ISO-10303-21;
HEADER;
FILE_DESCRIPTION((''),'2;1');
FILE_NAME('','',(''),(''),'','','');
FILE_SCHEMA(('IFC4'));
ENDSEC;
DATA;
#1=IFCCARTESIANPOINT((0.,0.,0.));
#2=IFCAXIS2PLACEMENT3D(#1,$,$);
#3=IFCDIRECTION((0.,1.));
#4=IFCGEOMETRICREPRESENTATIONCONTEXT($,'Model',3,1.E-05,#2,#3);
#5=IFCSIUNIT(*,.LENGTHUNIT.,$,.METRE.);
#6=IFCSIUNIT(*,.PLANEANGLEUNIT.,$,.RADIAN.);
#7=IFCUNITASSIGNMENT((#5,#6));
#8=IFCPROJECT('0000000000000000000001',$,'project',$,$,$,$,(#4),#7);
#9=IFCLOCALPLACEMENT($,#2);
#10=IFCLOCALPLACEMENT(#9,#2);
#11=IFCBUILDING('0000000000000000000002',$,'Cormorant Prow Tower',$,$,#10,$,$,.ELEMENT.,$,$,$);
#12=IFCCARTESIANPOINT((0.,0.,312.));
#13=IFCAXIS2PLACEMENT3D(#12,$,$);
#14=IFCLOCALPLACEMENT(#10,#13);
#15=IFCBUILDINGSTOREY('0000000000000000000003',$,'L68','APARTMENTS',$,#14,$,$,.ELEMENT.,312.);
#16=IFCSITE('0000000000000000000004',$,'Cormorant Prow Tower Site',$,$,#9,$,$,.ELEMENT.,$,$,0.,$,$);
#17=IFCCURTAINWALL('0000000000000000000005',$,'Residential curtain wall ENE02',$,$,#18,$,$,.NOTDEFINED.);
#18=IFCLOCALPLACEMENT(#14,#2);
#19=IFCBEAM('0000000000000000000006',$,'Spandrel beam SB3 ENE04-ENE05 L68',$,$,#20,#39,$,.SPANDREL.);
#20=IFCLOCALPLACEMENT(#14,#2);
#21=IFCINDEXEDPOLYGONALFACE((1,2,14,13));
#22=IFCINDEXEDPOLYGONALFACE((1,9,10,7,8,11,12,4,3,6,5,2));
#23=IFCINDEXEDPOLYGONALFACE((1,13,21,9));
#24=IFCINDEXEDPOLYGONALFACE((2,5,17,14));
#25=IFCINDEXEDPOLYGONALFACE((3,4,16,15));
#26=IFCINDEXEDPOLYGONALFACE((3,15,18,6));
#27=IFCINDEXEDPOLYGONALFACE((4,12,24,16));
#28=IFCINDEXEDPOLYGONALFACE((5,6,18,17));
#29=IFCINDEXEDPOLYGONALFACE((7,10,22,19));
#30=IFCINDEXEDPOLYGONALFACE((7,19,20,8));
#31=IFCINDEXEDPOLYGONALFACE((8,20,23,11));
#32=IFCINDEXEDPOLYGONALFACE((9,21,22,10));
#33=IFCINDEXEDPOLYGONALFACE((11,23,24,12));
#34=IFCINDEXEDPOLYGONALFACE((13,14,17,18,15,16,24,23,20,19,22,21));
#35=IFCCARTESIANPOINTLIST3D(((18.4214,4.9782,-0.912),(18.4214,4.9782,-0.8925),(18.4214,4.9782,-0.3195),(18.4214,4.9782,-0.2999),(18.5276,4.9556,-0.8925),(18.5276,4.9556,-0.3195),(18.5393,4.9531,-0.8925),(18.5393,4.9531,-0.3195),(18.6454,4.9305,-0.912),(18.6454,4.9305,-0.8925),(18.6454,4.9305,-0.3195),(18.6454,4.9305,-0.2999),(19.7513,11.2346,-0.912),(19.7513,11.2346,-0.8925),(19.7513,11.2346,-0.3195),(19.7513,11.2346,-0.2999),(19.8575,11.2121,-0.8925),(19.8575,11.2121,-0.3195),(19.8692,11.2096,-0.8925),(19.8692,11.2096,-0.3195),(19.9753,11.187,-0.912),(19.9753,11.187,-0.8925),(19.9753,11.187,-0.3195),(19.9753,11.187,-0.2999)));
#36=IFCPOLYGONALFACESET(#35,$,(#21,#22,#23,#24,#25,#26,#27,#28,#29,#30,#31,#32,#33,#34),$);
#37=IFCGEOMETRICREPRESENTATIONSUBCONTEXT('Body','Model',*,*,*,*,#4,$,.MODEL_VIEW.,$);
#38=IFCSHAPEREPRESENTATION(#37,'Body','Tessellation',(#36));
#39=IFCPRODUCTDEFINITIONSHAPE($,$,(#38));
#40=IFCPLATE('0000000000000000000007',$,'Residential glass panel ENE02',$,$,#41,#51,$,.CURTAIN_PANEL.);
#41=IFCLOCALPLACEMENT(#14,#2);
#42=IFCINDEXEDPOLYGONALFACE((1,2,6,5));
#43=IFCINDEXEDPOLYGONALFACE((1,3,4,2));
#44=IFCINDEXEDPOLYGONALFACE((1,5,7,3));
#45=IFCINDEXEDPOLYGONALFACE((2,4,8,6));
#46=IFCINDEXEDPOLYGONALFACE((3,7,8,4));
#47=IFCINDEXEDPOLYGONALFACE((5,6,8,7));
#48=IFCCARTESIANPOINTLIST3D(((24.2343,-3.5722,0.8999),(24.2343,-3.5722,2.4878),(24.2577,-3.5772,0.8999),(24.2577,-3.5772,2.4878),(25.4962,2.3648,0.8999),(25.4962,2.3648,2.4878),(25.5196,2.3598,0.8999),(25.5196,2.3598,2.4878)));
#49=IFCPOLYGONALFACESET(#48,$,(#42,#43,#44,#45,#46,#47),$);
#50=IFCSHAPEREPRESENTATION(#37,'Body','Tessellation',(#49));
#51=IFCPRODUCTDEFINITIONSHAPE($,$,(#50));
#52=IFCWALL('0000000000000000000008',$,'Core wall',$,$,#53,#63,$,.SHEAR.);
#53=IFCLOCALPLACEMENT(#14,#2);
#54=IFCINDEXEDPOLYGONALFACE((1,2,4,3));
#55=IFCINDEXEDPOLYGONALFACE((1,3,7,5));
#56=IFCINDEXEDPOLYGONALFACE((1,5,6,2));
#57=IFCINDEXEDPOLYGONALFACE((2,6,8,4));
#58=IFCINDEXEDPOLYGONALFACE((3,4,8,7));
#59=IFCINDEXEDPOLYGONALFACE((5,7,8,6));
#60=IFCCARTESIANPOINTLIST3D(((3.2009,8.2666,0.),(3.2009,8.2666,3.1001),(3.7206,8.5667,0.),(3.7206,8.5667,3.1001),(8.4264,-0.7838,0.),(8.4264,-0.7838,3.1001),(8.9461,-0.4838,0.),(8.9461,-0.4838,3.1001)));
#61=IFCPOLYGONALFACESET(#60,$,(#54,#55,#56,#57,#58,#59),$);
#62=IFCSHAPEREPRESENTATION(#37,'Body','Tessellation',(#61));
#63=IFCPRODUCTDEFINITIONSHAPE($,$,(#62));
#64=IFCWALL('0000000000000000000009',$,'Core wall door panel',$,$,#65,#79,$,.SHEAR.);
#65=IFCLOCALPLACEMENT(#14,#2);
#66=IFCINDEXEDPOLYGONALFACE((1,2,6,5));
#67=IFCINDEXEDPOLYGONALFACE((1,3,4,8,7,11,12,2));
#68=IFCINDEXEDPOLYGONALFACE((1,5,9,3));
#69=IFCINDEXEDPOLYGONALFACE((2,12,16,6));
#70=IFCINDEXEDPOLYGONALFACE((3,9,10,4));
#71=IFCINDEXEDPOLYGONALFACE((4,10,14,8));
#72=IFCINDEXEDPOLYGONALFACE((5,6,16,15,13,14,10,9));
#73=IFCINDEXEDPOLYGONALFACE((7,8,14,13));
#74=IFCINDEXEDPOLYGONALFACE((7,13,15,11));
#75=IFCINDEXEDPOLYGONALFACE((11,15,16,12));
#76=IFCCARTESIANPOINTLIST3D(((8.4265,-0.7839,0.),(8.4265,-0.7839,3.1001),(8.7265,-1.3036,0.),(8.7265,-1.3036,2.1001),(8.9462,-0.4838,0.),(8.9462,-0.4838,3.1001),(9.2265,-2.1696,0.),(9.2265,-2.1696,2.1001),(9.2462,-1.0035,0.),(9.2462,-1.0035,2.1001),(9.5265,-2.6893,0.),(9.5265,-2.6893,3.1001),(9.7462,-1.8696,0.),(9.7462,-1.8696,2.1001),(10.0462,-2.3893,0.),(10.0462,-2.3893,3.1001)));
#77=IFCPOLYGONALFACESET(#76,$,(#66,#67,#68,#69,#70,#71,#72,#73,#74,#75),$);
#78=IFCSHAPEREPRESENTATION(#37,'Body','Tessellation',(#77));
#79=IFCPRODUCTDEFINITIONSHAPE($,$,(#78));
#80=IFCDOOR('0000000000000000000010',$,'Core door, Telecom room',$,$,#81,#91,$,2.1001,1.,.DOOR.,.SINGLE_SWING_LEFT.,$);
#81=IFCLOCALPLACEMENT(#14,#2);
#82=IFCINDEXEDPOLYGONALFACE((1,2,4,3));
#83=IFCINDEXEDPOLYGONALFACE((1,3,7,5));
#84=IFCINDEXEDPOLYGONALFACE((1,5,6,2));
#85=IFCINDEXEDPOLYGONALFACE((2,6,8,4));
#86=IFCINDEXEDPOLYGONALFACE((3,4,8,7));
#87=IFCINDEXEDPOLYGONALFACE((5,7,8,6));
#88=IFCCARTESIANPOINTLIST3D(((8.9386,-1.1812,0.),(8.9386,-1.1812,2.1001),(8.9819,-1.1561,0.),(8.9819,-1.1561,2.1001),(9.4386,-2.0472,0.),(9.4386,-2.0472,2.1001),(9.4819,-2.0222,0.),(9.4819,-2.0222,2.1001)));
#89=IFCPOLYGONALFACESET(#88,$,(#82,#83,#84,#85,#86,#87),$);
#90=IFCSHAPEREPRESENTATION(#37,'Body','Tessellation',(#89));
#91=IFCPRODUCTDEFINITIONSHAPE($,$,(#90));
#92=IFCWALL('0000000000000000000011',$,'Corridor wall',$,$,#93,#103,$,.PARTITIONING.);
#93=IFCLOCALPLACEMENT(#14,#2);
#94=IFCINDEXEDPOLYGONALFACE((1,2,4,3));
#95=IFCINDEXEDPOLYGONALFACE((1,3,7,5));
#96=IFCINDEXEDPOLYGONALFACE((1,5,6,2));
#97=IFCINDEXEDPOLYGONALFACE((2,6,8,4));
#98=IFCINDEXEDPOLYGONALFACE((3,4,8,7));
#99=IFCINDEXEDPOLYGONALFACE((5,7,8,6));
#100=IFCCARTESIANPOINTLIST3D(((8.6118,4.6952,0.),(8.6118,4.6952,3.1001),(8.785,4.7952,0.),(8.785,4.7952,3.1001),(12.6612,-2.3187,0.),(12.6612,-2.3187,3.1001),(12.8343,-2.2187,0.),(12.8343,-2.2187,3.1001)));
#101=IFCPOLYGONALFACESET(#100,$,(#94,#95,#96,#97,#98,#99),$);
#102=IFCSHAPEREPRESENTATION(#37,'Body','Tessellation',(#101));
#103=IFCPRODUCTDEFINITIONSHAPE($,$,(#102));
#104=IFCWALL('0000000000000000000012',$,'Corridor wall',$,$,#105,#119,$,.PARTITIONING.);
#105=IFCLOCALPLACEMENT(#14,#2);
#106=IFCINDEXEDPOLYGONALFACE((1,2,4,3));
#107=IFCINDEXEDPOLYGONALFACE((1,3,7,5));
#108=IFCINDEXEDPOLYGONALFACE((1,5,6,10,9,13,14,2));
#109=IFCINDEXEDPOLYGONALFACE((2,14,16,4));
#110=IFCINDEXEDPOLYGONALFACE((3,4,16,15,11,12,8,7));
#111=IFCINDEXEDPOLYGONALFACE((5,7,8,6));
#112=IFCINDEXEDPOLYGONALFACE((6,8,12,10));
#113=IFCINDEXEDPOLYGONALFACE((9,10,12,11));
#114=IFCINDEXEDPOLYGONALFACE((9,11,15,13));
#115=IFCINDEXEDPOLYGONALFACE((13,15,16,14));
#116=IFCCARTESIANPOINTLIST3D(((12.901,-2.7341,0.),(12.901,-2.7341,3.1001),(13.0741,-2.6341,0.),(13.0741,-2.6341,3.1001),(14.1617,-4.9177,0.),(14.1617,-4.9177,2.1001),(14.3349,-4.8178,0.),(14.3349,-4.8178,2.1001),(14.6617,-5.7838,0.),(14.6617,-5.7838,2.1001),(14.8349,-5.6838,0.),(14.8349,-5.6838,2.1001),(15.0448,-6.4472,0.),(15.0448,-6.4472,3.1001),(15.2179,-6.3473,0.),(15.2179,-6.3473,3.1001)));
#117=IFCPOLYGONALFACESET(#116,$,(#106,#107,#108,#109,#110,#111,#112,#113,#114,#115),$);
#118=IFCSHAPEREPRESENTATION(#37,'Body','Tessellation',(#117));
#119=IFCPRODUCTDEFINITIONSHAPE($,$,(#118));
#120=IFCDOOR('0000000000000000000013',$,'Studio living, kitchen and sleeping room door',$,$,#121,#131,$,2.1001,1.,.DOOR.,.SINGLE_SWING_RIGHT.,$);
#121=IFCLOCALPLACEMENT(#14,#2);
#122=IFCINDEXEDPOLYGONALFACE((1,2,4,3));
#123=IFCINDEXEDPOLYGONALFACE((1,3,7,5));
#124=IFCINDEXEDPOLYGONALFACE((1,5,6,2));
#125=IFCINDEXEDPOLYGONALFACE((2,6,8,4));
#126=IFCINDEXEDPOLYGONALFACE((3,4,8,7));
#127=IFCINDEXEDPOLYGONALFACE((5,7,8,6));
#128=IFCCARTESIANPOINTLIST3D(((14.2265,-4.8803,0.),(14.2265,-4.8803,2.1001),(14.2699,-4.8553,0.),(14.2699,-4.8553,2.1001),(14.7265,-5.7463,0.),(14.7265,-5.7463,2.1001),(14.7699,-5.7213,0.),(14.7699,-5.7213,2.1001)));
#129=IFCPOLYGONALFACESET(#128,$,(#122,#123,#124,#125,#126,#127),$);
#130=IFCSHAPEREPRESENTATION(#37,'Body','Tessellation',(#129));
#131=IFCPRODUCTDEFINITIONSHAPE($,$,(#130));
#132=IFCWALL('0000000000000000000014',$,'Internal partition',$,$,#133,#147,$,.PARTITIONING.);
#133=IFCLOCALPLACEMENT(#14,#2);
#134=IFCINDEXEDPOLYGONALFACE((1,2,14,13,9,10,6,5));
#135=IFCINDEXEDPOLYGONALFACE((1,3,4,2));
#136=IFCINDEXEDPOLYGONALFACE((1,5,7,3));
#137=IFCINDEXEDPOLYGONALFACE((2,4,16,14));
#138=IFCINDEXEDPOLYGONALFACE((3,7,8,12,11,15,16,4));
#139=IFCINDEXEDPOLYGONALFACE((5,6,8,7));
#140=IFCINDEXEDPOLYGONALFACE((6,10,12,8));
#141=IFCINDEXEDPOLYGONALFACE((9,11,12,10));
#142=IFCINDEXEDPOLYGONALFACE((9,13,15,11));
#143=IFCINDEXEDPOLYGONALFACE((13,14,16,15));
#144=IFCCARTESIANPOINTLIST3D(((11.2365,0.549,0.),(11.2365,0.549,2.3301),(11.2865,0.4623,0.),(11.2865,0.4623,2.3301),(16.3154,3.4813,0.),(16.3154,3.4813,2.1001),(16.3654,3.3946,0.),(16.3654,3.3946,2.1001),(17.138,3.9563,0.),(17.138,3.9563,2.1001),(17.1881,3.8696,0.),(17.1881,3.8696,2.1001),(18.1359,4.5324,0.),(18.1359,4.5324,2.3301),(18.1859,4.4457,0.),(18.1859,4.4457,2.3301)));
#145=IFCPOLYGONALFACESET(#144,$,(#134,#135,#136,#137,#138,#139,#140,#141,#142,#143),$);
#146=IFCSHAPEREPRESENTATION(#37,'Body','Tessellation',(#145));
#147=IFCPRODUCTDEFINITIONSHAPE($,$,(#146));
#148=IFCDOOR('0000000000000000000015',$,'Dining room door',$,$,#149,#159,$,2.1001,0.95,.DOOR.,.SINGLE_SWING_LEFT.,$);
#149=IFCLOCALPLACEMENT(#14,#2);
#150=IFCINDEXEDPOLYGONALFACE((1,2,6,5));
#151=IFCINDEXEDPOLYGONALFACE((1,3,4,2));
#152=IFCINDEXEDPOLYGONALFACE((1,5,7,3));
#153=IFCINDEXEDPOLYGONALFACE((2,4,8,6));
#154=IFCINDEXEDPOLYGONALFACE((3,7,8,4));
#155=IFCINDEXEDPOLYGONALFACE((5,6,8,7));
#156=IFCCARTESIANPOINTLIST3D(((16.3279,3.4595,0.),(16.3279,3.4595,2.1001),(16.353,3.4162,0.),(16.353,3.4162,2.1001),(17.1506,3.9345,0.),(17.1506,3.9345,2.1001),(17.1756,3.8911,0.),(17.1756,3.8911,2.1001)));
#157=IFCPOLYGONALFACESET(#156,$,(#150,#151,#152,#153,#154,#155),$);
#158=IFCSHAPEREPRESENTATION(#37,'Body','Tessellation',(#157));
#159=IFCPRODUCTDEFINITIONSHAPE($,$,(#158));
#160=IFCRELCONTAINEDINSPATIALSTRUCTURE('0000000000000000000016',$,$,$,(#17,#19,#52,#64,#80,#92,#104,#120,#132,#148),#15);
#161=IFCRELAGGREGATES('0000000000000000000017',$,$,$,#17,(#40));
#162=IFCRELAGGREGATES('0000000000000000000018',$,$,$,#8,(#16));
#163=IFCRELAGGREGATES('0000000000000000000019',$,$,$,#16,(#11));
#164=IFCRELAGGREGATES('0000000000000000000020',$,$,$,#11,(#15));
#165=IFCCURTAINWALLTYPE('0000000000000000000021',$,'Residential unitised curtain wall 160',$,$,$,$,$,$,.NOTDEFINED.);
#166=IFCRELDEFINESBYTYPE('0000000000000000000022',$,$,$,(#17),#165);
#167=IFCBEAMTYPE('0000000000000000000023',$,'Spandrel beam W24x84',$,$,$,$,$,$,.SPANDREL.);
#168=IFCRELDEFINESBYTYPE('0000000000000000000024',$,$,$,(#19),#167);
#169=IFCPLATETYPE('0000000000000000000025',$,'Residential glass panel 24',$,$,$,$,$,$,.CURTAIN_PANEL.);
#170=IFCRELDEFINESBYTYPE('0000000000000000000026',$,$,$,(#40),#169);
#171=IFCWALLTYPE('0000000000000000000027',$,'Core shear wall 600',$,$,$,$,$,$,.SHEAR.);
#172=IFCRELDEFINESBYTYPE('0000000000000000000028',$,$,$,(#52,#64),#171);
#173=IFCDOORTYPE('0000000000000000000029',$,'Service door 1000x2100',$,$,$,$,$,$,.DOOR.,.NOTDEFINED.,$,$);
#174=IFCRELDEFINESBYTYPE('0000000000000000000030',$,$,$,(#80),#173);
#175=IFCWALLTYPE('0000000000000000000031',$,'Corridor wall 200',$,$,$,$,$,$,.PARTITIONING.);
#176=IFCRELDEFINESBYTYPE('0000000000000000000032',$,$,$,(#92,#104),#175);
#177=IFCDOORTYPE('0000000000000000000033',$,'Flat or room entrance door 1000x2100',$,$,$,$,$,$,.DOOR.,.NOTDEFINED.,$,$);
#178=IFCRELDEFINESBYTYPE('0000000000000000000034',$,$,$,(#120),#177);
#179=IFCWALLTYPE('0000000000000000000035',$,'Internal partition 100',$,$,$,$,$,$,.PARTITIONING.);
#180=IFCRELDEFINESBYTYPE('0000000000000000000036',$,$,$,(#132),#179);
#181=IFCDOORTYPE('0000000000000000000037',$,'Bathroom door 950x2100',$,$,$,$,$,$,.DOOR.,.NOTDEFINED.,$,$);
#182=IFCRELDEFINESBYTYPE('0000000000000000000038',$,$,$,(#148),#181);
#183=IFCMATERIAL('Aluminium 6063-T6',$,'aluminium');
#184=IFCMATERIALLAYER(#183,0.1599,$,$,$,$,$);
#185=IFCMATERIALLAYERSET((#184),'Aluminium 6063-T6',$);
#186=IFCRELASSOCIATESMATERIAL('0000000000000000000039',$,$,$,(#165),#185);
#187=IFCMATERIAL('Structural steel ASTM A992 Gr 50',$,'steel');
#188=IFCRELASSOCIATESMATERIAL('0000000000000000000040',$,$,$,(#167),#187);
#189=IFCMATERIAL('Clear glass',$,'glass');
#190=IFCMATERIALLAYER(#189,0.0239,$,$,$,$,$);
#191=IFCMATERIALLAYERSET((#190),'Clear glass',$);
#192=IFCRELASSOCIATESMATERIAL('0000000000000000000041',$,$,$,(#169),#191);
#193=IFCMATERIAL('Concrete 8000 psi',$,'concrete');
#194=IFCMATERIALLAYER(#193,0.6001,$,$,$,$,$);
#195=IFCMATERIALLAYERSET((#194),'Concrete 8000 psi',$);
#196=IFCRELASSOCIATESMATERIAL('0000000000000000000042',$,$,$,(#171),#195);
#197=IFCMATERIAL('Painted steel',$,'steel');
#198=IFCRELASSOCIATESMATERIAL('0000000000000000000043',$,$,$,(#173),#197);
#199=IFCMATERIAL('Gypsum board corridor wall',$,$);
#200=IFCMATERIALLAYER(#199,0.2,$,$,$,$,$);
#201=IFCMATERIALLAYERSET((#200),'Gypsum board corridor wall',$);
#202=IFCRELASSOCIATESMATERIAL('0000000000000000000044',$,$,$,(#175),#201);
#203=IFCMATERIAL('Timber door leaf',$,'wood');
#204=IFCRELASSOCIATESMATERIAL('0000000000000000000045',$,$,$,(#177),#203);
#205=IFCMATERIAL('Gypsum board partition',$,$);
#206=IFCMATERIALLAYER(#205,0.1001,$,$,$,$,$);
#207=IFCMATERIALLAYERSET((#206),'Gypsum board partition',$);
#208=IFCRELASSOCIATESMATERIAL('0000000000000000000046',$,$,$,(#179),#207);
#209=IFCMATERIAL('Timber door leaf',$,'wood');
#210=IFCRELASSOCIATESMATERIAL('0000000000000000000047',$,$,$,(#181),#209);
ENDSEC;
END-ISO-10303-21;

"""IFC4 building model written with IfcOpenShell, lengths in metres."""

from ifc_helpers import new_model, si_unit, direction, frame, frame_2d, origin, origin_2d, place, context, subcontext, project, spatial, rectangle, i_section, extrude, material, layer, layer_set, material_profile, profile_set, type_object, element, fill, aggregate, save


model = new_model("IFC4")

# Units and contexts
model_context = context("Model", 3, precision=1e-05, world=origin(), true_north=direction((0.0, 1.0)))
body_context = subcontext(model_context, "Body", "Model", "MODEL_VIEW")
ifc_project = project(units=[si_unit("LENGTHUNIT", "METRE"), si_unit("PLANEANGLEUNIT", "RADIAN")], contexts=[model_context])

# Site, building, storey
site_placement = place(None, origin())
site = spatial("IfcSite", under=ifc_project, at=site_placement, Name="Cormorant Prow Tower Site", CompositionType="ELEMENT", RefElevation=0.0)
building_placement = place(site_placement, origin())
building = spatial("IfcBuilding", under=site, at=building_placement, Name="Cormorant Prow Tower", CompositionType="ELEMENT")
storey_placement = place(building_placement, frame((0.0, 0.0, 312.0)))
storey = spatial("IfcBuildingStorey", under=building, at=storey_placement, Name="L68", Description="APARTMENTS", CompositionType="ELEMENT", Elevation=312.0)

# Curtain wall
ifc_material_1 = material(Name="Aluminium 6063-T6", Category="aluminium")
ifc_layer_1 = layer(ifc_material_1, 0.1599)
ifc_layer_set_1 = layer_set([ifc_layer_1], Name="Aluminium 6063-T6")
curtain_wall_type = type_object("IfcCurtainWallType", Name="Residential unitised curtain wall 160", PredefinedType="NOTDEFINED", material=ifc_layer_set_1)
curtain_wall_1_placement = place(storey_placement, origin())
curtain_wall_1 = element("IfcCurtainWall", 1, at=curtain_wall_1_placement, inside=storey, type_object=curtain_wall_type, Name="Residential curtain wall ENE02", PredefinedType="NOTDEFINED")

# Beam
ifc_material_2 = material(Name="Structural steel ASTM A992 Gr 50", Category="steel")
ifc_material_profile_1 = material_profile(ifc_material_2, i_section(OverallWidth=0.229, OverallDepth=0.6121, WebThickness=0.012, FlangeThickness=0.0195, at=origin_2d()), Name="W24x84")
ifc_profile_set_1 = profile_set([ifc_material_profile_1], Name="Structural steel ASTM A992 Gr 50")
beam_type_1 = type_object("IfcBeamType", Name="Spandrel beam W24x84", PredefinedType="SPANDREL", material=ifc_profile_set_1)
beam_1_placement = place(storey_placement, frame((18.5334, 4.9543, -0.606), z_axis=(0.207913, 0.978147, 0.0), x_axis=(-0.978147, 0.207913, 0.0)))
element("IfcBeam", 2, at=beam_1_placement, inside=storey, type_object=beam_type_1, Name="Spandrel beam SB3 ENE04-ENE05 L68", PredefinedType="SPANDREL", context=body_context, shape_type="SweptSolid", body=[
    extrude(i_section(OverallWidth=0.229, OverallDepth=0.6121, WebThickness=0.012, FlangeThickness=0.0195, at=origin_2d()), origin(), (0.0, 0.0, 1.0), 6.3962),
])

# Plate
ifc_material_3 = material(Name="Clear glass", Category="glass")
ifc_layer_2 = layer(ifc_material_3, 0.0239)
ifc_layer_set_2 = layer_set([ifc_layer_2], Name="Clear glass")
plate_type = type_object("IfcPlateType", Name="Residential glass panel 24", PredefinedType="CURTAIN_PANEL", material=ifc_layer_set_2)
plate_placement = place(storey_placement, frame((24.877, -0.6062, 0.8999), z_axis=(0.0, 0.0, 1.0), x_axis=(0.207912, 0.978148, 0.0)))
plate = element("IfcPlate", 3, at=plate_placement, type_object=plate_type, Name="Residential glass panel ENE02", PredefinedType="CURTAIN_PANEL", context=body_context, shape_type="SweptSolid", body=[
    extrude(rectangle(XDim=6.0696, YDim=0.0239, at=origin_2d()), origin(), (0.0, 0.0, 1.0), 1.5879),
])
aggregate(curtain_wall_1, [plate])

# Wall
ifc_material_4 = material(Name="Concrete 8000 psi", Category="concrete")
ifc_layer_3 = layer(ifc_material_4, 0.6001)
ifc_layer_set_3 = layer_set([ifc_layer_3], Name="Concrete 8000 psi")
wall_type_1 = type_object("IfcWallType", Name="Core shear wall 600", PredefinedType="SHEAR", material=ifc_layer_set_3)
wall_1_placement = place(storey_placement, frame((8.6863, -0.6338, 0.0), z_axis=(0.0, 0.0, 1.0), x_axis=(-0.500018, 0.866015, 0.0)))
element("IfcWall", 4, at=wall_1_placement, inside=storey, type_object=wall_type_1, Name="Core wall", PredefinedType="SHEAR", context=body_context, shape_type="SweptSolid", body=[
    extrude(rectangle(XDim=10.4507, YDim=0.6001, at=frame_2d((5.2253, 0.0))), origin(), (0.0, 0.0, 1.0), 3.1001),
])

# Wall, opening, door
wall_2_placement = place(storey_placement, frame((9.7864, -2.5393, 0.0), z_axis=(0.0, 0.0, 1.0), x_axis=(-0.499982, 0.866036, 0.0)))
wall_2 = element("IfcWall", 5, at=wall_2_placement, inside=storey, type_object=wall_type_1, Name="Core wall door panel", PredefinedType="SHEAR", context=body_context, shape_type="SweptSolid", body=[
    extrude(rectangle(XDim=2.2002, YDim=0.6001, at=frame_2d((1.1001, 0.0))), origin(), (0.0, 0.0, 1.0), 3.1001),
])
opening_1_placement = place(wall_2_placement, frame((0.6001, 0.0, 0.0)))
opening_1 = element("IfcOpeningElement", 6, at=opening_1_placement, cuts=wall_2, PredefinedType="OPENING", context=body_context, shape_type="SweptSolid", body=[
    extrude(rectangle(XDim=1.0, YDim=2.1001, at=frame_2d((0.5, 1.05))), frame((0.0, 0.3101, 0.0), z_axis=(0.0, -1.0, 0.0), x_axis=(1.0, 0.0, 0.0)), (0.0, 0.0, 1.0), 0.6201),
])
ifc_material_5 = material(Name="Painted steel", Category="steel")
door_type_1 = type_object("IfcDoorType", Name="Service door 1000x2100", OperationType="NOTDEFINED", PredefinedType="DOOR", material=ifc_material_5)
door_1_placement = place(opening_1_placement, origin())
door_1 = element("IfcDoor", 7, at=door_1_placement, inside=storey, type_object=door_type_1, Name="Core door, Telecom room", OperationType="SINGLE_SWING_LEFT", OverallHeight=2.1001, OverallWidth=1.0, PredefinedType="DOOR", context=body_context, shape_type="SweptSolid", body=[
    extrude(rectangle(XDim=1.0, YDim=2.1001, at=frame_2d((0.5, 1.05))), frame((0.0, 0.0552, 0.0), z_axis=(0.0, -1.0, 0.0), x_axis=(1.0, 0.0, 0.0)), (0.0, 0.0, 1.0), 0.05),
])
fill(opening_1, door_1)

# Wall
ifc_material_6 = material(Name="Gypsum board corridor wall")
ifc_layer_4 = layer(ifc_material_6, 0.2)
ifc_layer_set_4 = layer_set([ifc_layer_4], Name="Gypsum board corridor wall")
wall_type_2 = type_object("IfcWallType", Name="Corridor wall 200", PredefinedType="PARTITIONING", material=ifc_layer_set_4)
wall_3_placement = place(storey_placement, frame((8.6985, 4.7451, 0.0), z_axis=(0.0, 0.0, 1.0), x_axis=(0.499984, -0.866034, 0.0)))
element("IfcWall", 8, at=wall_3_placement, inside=storey, type_object=wall_type_2, Name="Corridor wall", PredefinedType="PARTITIONING", context=body_context, shape_type="SweptSolid", body=[
    extrude(rectangle(XDim=8.0989, YDim=0.2, at=frame_2d((4.0493, 0.0))), origin(), (0.0, 0.0, 1.0), 3.1001),
])

# Walls, openings, doors
wall_4_placement = place(storey_placement, frame((12.9875, -2.6841, 0.0), z_axis=(0.0, 0.0, 1.0), x_axis=(0.500003, -0.866023, 0.0)))
wall_4 = element("IfcWall", 9, at=wall_4_placement, inside=storey, type_object=wall_type_2, Name="Corridor wall", PredefinedType="PARTITIONING", context=body_context, shape_type="SweptSolid", body=[
    extrude(rectangle(XDim=4.2876, YDim=0.2, at=frame_2d((2.1438, 0.0))), origin(), (0.0, 0.0, 1.0), 3.1001),
])
opening_2_placement = place(wall_4_placement, frame((2.5215, 0.0, 0.0)))
opening_2 = element("IfcOpeningElement", 10, at=opening_2_placement, cuts=wall_4, PredefinedType="OPENING", context=body_context, shape_type="SweptSolid", body=[
    extrude(rectangle(XDim=1.0, YDim=2.1001, at=frame_2d((0.5, 1.05))), frame((0.0, 0.1099, 0.0), z_axis=(0.0, -1.0, 0.0), x_axis=(1.0, 0.0, 0.0)), (0.0, 0.0, 1.0), 0.22),
])
ifc_material_7 = material(Name="Timber door leaf", Category="wood")
door_type_2 = type_object("IfcDoorType", Name="Flat or room entrance door 1000x2100", OperationType="NOTDEFINED", PredefinedType="DOOR", material=ifc_material_7)
door_2_placement = place(opening_2_placement, origin())
door_2 = element("IfcDoor", 11, at=door_2_placement, inside=storey, type_object=door_type_2, Name="Studio living, kitchen and sleeping room door", OperationType="SINGLE_SWING_RIGHT", OverallHeight=2.1001, OverallWidth=1.0, PredefinedType="DOOR", context=body_context, shape_type="SweptSolid", body=[
    extrude(rectangle(XDim=1.0, YDim=2.1001, at=frame_2d((0.5, 1.05))), frame((0.0, 0.0249, 0.0), z_axis=(0.0, -1.0, 0.0), x_axis=(1.0, 0.0, 0.0)), (0.0, 0.0, 1.0), 0.05),
])
fill(opening_2, door_2)
ifc_material_8 = material(Name="Gypsum board partition")
ifc_layer_5 = layer(ifc_material_8, 0.1001)
ifc_layer_set_5 = layer_set([ifc_layer_5], Name="Gypsum board partition")
wall_type_3 = type_object("IfcWallType", Name="Internal partition 100", PredefinedType="PARTITIONING", material=ifc_layer_set_5)
wall_5_placement = place(storey_placement, frame((11.2615, 0.5056, 0.0), z_axis=(0.0, 0.0, 1.0), x_axis=(0.866024, 0.500002, 0.0)))
wall_5 = element("IfcWall", 12, at=wall_5_placement, inside=storey, type_object=wall_type_3, Name="Internal partition", PredefinedType="PARTITIONING", context=body_context, shape_type="SweptSolid", body=[
    extrude(rectangle(XDim=7.9668, YDim=0.1001, at=frame_2d((3.9834, 0.0))), origin(), (0.0, 0.0, 1.0), 2.3301),
])
opening_3_placement = place(wall_5_placement, frame((5.8645, 0.0, 0.0)))
opening_3 = element("IfcOpeningElement", 13, at=opening_3_placement, cuts=wall_5, PredefinedType="OPENING", context=body_context, shape_type="SweptSolid", body=[
    extrude(rectangle(XDim=0.95, YDim=2.1001, at=frame_2d((0.4751, 1.05))), frame((0.0, 0.0601, 0.0), z_axis=(0.0, -1.0, 0.0), x_axis=(1.0, 0.0, 0.0)), (0.0, 0.0, 1.0), 0.1201),
])
ifc_material_9 = material(Name="Timber door leaf", Category="wood")
door_type_3 = type_object("IfcDoorType", Name="Bathroom door 950x2100", OperationType="NOTDEFINED", PredefinedType="DOOR", material=ifc_material_9)
door_3_placement = place(opening_3_placement, origin())
door_3 = element("IfcDoor", 14, at=door_3_placement, inside=storey, type_object=door_type_3, Name="Dining room door", OperationType="SINGLE_SWING_LEFT", OverallHeight=2.1001, OverallWidth=0.95, PredefinedType="DOOR", context=body_context, shape_type="SweptSolid", body=[
    extrude(rectangle(XDim=0.95, YDim=2.1001, at=frame_2d((0.4751, 1.05))), frame((0.0, 0.0249, 0.0), z_axis=(0.0, -1.0, 0.0), x_axis=(1.0, 0.0, 0.0)), (0.0, 0.0, 1.0), 0.05),
])
fill(opening_3, door_3)

save(model, "model.ifc")
